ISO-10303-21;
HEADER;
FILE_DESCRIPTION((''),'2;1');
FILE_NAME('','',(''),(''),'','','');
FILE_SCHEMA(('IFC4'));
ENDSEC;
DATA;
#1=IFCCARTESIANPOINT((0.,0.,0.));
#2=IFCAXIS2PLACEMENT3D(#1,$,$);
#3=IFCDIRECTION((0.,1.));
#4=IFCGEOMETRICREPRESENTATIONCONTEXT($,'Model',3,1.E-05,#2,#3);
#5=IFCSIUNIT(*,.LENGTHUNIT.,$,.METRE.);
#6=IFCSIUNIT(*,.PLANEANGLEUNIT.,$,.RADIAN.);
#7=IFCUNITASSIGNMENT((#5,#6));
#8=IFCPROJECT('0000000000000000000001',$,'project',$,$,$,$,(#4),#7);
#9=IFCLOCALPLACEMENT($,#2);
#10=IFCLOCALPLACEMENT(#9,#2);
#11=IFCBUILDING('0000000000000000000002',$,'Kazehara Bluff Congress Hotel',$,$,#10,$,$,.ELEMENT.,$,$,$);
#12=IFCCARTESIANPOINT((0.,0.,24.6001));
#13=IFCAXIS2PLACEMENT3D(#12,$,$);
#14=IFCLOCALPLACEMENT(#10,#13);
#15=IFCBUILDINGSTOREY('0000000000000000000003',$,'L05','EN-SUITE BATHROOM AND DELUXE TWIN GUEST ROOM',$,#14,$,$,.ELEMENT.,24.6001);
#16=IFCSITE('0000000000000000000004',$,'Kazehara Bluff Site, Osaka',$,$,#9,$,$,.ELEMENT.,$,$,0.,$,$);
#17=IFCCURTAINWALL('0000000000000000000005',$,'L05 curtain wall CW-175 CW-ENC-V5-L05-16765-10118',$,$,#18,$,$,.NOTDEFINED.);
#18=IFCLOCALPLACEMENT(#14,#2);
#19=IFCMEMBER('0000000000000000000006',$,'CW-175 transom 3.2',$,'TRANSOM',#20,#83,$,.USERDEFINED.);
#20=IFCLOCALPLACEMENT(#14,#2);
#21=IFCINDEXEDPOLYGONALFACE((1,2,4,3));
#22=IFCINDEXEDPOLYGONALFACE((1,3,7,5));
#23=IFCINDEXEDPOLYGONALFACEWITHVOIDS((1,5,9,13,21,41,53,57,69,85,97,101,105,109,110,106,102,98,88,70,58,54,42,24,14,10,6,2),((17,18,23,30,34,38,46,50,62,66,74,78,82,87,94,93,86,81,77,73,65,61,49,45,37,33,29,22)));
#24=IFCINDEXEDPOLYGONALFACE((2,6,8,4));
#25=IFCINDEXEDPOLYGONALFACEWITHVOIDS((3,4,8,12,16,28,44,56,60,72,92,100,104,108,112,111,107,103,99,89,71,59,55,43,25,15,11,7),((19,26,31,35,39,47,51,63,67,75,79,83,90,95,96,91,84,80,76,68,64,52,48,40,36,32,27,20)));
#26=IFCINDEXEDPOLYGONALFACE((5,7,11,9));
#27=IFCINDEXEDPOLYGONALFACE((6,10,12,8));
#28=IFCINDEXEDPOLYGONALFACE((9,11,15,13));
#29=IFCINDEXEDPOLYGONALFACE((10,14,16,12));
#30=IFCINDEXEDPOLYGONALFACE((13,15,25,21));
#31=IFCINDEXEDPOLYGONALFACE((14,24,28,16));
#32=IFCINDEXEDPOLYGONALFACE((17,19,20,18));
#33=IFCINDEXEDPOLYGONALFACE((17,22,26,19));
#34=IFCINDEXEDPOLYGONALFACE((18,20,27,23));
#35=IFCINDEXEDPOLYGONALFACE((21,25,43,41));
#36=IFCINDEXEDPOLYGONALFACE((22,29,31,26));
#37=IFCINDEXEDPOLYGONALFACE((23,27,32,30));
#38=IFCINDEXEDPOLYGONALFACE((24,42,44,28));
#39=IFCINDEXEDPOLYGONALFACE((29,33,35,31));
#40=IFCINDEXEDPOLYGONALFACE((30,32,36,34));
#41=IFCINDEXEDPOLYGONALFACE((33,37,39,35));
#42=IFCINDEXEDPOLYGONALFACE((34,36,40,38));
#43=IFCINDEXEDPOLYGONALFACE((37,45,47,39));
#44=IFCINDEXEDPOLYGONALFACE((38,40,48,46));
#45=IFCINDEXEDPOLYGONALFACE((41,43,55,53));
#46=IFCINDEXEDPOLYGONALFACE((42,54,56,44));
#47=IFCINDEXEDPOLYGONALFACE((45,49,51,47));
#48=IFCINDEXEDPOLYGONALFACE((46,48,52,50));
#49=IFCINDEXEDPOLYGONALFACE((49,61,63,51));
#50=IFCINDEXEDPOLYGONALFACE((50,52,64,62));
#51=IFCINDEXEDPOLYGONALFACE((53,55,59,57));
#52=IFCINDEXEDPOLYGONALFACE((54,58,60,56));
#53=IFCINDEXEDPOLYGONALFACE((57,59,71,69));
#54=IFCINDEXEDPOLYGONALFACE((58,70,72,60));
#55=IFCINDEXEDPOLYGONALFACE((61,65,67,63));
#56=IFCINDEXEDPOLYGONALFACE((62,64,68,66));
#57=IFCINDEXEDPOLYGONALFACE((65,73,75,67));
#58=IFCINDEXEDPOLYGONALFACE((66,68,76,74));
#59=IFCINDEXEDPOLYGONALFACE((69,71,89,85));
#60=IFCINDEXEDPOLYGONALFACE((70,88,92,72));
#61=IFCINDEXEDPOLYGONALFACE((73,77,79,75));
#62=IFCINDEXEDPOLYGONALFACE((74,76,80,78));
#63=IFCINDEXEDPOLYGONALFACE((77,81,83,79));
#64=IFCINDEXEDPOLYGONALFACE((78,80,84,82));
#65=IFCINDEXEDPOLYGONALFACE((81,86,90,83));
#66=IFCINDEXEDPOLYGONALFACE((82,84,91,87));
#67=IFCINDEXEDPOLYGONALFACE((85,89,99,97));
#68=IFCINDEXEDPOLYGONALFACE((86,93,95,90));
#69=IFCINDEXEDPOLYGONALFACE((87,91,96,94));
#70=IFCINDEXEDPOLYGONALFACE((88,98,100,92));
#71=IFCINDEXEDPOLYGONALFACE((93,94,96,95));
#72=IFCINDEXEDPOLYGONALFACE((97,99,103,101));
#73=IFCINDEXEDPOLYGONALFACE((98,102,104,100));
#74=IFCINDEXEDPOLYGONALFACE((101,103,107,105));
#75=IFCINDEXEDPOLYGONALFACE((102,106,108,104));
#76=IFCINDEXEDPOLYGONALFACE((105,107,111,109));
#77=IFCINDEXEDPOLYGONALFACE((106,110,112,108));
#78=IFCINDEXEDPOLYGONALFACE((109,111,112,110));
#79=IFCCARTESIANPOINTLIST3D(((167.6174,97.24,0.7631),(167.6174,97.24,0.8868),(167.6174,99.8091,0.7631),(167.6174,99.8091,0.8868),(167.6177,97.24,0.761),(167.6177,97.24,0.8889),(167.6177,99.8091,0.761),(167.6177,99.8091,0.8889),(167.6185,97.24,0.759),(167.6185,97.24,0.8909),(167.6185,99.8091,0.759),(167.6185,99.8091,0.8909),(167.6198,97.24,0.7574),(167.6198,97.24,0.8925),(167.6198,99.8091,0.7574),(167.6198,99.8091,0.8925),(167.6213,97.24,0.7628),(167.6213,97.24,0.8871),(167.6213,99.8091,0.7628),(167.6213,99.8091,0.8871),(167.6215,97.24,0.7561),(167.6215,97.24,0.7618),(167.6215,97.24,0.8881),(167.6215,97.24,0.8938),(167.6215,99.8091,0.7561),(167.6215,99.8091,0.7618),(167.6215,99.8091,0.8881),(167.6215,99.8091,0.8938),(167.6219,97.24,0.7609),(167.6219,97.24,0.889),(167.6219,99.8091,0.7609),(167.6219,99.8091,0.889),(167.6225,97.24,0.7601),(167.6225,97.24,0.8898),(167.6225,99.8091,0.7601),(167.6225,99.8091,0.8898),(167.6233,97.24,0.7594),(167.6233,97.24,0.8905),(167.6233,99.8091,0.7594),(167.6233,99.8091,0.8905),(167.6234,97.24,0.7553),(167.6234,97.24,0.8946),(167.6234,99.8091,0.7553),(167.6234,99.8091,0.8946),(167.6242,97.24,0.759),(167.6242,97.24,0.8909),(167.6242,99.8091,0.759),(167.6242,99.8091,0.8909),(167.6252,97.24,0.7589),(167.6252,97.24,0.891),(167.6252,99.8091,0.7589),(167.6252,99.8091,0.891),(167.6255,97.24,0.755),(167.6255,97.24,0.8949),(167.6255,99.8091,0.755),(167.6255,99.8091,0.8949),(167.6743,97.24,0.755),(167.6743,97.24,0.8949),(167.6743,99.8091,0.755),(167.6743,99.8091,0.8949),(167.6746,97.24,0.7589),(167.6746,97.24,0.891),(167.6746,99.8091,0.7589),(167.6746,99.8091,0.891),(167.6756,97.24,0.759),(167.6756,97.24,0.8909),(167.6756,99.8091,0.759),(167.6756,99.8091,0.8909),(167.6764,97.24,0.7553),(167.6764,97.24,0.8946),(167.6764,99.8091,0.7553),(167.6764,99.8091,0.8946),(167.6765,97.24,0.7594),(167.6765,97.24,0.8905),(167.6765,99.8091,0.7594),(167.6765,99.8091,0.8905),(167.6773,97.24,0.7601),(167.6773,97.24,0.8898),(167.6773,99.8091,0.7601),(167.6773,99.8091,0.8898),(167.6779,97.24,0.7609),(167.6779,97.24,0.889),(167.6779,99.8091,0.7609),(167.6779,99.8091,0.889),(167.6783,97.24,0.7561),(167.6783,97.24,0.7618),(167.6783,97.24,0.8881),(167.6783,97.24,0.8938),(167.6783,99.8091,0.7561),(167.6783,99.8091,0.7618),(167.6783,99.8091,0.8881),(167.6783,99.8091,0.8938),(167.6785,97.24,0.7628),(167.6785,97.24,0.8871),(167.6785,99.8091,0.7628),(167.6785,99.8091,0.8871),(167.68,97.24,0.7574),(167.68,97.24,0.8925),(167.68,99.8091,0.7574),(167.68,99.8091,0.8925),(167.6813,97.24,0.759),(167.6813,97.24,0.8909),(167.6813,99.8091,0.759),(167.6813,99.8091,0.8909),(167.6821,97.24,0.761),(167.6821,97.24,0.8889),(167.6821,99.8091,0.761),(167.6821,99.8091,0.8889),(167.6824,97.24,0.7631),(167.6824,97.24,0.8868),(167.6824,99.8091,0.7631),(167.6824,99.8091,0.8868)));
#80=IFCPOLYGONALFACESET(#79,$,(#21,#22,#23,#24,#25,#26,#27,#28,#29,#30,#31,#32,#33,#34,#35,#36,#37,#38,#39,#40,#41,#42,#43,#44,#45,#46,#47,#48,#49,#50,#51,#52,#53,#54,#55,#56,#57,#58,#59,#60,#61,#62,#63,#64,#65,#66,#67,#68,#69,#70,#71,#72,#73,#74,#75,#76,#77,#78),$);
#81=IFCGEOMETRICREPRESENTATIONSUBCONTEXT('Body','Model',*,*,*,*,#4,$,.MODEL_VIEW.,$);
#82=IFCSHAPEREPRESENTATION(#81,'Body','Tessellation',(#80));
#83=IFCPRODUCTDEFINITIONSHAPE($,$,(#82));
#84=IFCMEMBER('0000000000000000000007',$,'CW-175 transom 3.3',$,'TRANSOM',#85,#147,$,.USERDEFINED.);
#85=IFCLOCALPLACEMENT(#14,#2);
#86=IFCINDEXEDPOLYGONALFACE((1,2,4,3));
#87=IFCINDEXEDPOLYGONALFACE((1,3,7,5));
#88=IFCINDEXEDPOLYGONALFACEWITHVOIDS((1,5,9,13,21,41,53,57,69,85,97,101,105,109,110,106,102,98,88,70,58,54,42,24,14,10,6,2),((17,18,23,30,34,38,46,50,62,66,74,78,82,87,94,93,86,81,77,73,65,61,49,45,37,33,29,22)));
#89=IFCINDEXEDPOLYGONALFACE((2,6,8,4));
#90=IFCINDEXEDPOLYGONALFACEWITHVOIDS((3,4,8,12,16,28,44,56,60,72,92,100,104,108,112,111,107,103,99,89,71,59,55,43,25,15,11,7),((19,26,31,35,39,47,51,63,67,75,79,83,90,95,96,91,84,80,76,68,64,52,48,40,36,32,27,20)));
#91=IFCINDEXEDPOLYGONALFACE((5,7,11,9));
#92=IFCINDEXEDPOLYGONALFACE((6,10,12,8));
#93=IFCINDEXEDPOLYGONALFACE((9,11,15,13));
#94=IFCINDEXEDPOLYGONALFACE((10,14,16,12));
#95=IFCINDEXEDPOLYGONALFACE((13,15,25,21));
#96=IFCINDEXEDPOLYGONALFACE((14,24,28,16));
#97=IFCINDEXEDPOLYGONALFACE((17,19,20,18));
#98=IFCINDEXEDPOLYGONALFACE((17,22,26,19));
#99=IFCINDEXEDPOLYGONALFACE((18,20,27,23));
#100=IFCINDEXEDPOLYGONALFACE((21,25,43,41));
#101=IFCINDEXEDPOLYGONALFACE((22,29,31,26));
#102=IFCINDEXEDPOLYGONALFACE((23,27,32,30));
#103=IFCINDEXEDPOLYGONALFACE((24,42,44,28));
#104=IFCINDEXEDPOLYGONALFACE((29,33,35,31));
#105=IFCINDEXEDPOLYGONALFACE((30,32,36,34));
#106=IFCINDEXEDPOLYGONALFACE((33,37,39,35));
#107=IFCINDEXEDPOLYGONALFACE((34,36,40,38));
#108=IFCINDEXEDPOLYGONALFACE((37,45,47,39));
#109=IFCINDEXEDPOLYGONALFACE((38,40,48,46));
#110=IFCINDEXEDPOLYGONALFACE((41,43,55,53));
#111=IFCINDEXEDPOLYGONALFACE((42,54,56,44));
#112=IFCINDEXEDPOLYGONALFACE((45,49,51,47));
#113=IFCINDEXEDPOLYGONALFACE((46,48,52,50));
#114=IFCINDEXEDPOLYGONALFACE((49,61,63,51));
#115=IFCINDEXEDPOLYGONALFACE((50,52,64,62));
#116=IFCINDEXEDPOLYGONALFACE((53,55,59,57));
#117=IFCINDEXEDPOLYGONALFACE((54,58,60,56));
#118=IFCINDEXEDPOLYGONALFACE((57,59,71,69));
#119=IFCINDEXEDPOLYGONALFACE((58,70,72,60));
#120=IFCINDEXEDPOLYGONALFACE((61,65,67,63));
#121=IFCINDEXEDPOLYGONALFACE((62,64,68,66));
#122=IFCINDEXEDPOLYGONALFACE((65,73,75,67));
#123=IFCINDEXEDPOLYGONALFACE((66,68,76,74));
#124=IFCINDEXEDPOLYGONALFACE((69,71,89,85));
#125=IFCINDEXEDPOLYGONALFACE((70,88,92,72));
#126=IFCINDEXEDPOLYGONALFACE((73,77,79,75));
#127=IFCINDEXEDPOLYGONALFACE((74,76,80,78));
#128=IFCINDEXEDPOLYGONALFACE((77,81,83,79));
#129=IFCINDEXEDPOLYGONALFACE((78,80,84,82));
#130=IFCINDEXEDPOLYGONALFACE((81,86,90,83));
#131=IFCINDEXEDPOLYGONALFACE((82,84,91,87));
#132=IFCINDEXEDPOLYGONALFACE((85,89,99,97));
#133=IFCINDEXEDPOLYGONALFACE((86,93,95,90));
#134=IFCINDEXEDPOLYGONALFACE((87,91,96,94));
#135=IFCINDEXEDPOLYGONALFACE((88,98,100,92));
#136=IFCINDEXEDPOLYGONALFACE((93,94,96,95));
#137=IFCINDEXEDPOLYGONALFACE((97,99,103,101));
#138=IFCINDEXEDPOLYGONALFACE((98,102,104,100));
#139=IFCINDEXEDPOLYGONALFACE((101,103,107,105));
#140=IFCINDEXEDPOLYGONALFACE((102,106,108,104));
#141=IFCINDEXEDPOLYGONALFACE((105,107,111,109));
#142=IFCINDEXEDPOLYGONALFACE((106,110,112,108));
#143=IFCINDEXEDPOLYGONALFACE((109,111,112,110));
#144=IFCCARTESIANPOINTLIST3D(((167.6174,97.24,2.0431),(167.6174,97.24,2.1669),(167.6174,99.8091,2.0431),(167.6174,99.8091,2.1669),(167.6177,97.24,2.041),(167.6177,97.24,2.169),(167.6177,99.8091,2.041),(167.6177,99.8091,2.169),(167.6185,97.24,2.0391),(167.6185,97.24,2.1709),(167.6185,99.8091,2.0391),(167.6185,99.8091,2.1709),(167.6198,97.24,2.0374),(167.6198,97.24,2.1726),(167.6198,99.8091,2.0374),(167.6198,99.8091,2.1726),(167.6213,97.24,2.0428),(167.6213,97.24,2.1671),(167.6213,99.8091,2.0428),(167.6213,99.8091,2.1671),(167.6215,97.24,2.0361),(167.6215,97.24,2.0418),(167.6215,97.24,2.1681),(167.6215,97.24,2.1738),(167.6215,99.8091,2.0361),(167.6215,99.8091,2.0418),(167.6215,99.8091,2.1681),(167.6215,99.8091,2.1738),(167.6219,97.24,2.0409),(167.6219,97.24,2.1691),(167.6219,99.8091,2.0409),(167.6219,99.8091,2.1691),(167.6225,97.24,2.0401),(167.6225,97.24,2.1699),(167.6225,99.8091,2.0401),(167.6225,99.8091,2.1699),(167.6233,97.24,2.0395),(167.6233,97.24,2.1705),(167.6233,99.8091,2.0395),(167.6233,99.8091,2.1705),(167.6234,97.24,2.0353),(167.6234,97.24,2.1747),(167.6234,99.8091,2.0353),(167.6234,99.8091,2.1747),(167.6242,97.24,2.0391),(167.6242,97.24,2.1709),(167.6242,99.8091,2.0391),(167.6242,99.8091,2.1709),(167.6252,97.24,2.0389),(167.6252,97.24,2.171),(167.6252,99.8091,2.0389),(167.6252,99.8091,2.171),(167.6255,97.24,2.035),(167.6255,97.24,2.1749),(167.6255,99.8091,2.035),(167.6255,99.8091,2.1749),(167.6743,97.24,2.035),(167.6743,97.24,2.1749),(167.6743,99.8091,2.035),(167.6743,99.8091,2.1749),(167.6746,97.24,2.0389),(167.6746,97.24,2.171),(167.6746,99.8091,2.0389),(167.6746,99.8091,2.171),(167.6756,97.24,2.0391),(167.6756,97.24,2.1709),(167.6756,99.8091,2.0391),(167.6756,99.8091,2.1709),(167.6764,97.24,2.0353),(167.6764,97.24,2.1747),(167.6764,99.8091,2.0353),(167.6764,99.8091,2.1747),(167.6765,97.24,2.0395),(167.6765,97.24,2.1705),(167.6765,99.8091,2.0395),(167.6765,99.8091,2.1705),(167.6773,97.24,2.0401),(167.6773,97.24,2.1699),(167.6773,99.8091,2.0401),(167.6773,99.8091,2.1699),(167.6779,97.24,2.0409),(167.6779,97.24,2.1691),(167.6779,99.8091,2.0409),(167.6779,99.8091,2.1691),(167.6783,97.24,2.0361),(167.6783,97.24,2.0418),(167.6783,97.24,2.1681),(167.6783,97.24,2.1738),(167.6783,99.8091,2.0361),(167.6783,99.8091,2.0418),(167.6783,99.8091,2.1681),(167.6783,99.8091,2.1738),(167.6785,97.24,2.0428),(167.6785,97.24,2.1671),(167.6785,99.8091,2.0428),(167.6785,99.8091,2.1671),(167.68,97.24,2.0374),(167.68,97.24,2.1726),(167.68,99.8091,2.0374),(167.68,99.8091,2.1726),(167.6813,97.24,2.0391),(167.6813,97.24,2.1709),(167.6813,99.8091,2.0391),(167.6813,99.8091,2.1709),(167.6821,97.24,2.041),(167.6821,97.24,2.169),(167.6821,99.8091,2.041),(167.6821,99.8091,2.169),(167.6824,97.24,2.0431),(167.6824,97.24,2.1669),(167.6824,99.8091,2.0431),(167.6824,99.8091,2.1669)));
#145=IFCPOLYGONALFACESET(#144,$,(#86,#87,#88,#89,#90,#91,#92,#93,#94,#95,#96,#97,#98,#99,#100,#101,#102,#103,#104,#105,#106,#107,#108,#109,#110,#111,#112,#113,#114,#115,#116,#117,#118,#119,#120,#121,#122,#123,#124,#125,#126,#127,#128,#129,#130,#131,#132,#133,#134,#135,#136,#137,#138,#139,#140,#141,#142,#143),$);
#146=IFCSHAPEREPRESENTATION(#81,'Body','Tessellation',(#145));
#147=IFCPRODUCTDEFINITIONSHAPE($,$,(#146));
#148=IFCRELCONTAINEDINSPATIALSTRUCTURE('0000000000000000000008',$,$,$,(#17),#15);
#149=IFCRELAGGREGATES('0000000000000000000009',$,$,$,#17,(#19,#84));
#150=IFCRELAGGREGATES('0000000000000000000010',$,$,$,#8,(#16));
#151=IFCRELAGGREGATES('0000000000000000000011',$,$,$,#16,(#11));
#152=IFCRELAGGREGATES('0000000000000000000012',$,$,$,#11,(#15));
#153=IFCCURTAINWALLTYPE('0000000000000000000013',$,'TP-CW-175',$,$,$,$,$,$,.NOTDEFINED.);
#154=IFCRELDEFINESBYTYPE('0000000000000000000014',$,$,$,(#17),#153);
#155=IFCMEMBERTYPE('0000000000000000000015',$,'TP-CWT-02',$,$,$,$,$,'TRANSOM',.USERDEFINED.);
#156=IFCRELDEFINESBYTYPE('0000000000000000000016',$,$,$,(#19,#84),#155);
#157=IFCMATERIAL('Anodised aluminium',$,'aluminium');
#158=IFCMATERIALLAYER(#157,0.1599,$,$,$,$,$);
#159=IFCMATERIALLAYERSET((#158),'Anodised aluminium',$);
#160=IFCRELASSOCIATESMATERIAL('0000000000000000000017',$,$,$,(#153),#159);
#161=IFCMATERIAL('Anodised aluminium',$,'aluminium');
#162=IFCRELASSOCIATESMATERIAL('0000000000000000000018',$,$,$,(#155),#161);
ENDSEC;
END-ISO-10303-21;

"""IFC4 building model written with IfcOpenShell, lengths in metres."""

from ifc_helpers import new_model, si_unit, direction, frame, origin, origin_2d, place, context, subcontext, project, spatial, hollow_rectangle, extrude, material, layer, layer_set, material_profile, profile_set, type_object, element, aggregate, save


model = new_model("IFC4")

# Units and contexts
model_context = context("Model", 3, precision=1e-05, world=origin(), true_north=direction((0.0, 1.0)))
body_context = subcontext(model_context, "Body", "Model", "MODEL_VIEW")
ifc_project = project(units=[si_unit("LENGTHUNIT", "METRE"), si_unit("PLANEANGLEUNIT", "RADIAN")], contexts=[model_context])

# Site, building, storey
site_placement = place(None, origin())
site = spatial("IfcSite", under=ifc_project, at=site_placement, Name="Kazehara Bluff Site, Osaka", CompositionType="ELEMENT", RefElevation=0.0)
building_placement = place(site_placement, origin())
building = spatial("IfcBuilding", under=site, at=building_placement, Name="Kazehara Bluff Congress Hotel", CompositionType="ELEMENT")
storey_placement = place(building_placement, frame((0.0, 0.0, 24.6001)))
storey = spatial("IfcBuildingStorey", under=building, at=storey_placement, Name="L05", Description="EN-SUITE BATHROOM AND DELUXE TWIN GUEST ROOM", CompositionType="ELEMENT", Elevation=24.6001)

# Curtain wall, members
ifc_material_1 = material(Name="Anodised aluminium", Category="aluminium")
ifc_layer_1 = layer(ifc_material_1, 0.1599)
ifc_layer_set_1 = layer_set([ifc_layer_1], Name="Anodised aluminium")
curtain_wall_type = type_object("IfcCurtainWallType", Name="TP-CW-175", PredefinedType="NOTDEFINED", material=ifc_layer_set_1)
curtain_wall_placement = place(storey_placement, origin())
curtain_wall = element("IfcCurtainWall", 1, at=curtain_wall_placement, inside=storey, type_object=curtain_wall_type, Name="L05 curtain wall CW-175 CW-ENC-V5-L05-16765-10118", PredefinedType="NOTDEFINED")
ifc_material_2 = material(Name="Anodised aluminium", Category="aluminium")
ifc_material_profile_1 = material_profile(ifc_material_2, hollow_rectangle(XDim=0.0649, YDim=0.1399, WallThickness=0.0039, InnerFilletRadius=0.0039, OuterFilletRadius=0.0081, at=origin_2d()))
ifc_profile_set_1 = profile_set([ifc_material_profile_1], Name="Anodised aluminium")
member_type_1 = type_object("IfcMemberType", Name="TP-CWT-02", ElementType="TRANSOM", PredefinedType="USERDEFINED", material=ifc_profile_set_1)
member_1_placement = place(storey_placement, frame((167.6499, 99.8091, 0.825), z_axis=(0.0, -1.0, 0.0), x_axis=(1.0, 0.0, 0.0)))
member_1 = element("IfcMember", 2, at=member_1_placement, type_object=member_type_1, Name="CW-175 transom 3.2", ObjectType="TRANSOM", PredefinedType="USERDEFINED", context=body_context, shape_type="SweptSolid", body=[
    extrude(hollow_rectangle(XDim=0.0649, YDim=0.1399, WallThickness=0.0039, InnerFilletRadius=0.0039, OuterFilletRadius=0.0081, at=origin_2d()), origin(), (0.0, 0.0, 1.0), 2.5691),
])
member_2_placement = place(storey_placement, frame((167.6499, 99.8091, 2.105), z_axis=(0.0, -1.0, 0.0), x_axis=(1.0, 0.0, 0.0)))
member_2 = element("IfcMember", 3, at=member_2_placement, type_object=member_type_1, Name="CW-175 transom 3.3", ObjectType="TRANSOM", PredefinedType="USERDEFINED", context=body_context, shape_type="SweptSolid", body=[
    extrude(hollow_rectangle(XDim=0.0649, YDim=0.1399, WallThickness=0.0039, InnerFilletRadius=0.0039, OuterFilletRadius=0.0081, at=origin_2d()), origin(), (0.0, 0.0, 1.0), 2.5691),
])
aggregate(curtain_wall, [member_1, member_2])

save(model, "model.ifc")
